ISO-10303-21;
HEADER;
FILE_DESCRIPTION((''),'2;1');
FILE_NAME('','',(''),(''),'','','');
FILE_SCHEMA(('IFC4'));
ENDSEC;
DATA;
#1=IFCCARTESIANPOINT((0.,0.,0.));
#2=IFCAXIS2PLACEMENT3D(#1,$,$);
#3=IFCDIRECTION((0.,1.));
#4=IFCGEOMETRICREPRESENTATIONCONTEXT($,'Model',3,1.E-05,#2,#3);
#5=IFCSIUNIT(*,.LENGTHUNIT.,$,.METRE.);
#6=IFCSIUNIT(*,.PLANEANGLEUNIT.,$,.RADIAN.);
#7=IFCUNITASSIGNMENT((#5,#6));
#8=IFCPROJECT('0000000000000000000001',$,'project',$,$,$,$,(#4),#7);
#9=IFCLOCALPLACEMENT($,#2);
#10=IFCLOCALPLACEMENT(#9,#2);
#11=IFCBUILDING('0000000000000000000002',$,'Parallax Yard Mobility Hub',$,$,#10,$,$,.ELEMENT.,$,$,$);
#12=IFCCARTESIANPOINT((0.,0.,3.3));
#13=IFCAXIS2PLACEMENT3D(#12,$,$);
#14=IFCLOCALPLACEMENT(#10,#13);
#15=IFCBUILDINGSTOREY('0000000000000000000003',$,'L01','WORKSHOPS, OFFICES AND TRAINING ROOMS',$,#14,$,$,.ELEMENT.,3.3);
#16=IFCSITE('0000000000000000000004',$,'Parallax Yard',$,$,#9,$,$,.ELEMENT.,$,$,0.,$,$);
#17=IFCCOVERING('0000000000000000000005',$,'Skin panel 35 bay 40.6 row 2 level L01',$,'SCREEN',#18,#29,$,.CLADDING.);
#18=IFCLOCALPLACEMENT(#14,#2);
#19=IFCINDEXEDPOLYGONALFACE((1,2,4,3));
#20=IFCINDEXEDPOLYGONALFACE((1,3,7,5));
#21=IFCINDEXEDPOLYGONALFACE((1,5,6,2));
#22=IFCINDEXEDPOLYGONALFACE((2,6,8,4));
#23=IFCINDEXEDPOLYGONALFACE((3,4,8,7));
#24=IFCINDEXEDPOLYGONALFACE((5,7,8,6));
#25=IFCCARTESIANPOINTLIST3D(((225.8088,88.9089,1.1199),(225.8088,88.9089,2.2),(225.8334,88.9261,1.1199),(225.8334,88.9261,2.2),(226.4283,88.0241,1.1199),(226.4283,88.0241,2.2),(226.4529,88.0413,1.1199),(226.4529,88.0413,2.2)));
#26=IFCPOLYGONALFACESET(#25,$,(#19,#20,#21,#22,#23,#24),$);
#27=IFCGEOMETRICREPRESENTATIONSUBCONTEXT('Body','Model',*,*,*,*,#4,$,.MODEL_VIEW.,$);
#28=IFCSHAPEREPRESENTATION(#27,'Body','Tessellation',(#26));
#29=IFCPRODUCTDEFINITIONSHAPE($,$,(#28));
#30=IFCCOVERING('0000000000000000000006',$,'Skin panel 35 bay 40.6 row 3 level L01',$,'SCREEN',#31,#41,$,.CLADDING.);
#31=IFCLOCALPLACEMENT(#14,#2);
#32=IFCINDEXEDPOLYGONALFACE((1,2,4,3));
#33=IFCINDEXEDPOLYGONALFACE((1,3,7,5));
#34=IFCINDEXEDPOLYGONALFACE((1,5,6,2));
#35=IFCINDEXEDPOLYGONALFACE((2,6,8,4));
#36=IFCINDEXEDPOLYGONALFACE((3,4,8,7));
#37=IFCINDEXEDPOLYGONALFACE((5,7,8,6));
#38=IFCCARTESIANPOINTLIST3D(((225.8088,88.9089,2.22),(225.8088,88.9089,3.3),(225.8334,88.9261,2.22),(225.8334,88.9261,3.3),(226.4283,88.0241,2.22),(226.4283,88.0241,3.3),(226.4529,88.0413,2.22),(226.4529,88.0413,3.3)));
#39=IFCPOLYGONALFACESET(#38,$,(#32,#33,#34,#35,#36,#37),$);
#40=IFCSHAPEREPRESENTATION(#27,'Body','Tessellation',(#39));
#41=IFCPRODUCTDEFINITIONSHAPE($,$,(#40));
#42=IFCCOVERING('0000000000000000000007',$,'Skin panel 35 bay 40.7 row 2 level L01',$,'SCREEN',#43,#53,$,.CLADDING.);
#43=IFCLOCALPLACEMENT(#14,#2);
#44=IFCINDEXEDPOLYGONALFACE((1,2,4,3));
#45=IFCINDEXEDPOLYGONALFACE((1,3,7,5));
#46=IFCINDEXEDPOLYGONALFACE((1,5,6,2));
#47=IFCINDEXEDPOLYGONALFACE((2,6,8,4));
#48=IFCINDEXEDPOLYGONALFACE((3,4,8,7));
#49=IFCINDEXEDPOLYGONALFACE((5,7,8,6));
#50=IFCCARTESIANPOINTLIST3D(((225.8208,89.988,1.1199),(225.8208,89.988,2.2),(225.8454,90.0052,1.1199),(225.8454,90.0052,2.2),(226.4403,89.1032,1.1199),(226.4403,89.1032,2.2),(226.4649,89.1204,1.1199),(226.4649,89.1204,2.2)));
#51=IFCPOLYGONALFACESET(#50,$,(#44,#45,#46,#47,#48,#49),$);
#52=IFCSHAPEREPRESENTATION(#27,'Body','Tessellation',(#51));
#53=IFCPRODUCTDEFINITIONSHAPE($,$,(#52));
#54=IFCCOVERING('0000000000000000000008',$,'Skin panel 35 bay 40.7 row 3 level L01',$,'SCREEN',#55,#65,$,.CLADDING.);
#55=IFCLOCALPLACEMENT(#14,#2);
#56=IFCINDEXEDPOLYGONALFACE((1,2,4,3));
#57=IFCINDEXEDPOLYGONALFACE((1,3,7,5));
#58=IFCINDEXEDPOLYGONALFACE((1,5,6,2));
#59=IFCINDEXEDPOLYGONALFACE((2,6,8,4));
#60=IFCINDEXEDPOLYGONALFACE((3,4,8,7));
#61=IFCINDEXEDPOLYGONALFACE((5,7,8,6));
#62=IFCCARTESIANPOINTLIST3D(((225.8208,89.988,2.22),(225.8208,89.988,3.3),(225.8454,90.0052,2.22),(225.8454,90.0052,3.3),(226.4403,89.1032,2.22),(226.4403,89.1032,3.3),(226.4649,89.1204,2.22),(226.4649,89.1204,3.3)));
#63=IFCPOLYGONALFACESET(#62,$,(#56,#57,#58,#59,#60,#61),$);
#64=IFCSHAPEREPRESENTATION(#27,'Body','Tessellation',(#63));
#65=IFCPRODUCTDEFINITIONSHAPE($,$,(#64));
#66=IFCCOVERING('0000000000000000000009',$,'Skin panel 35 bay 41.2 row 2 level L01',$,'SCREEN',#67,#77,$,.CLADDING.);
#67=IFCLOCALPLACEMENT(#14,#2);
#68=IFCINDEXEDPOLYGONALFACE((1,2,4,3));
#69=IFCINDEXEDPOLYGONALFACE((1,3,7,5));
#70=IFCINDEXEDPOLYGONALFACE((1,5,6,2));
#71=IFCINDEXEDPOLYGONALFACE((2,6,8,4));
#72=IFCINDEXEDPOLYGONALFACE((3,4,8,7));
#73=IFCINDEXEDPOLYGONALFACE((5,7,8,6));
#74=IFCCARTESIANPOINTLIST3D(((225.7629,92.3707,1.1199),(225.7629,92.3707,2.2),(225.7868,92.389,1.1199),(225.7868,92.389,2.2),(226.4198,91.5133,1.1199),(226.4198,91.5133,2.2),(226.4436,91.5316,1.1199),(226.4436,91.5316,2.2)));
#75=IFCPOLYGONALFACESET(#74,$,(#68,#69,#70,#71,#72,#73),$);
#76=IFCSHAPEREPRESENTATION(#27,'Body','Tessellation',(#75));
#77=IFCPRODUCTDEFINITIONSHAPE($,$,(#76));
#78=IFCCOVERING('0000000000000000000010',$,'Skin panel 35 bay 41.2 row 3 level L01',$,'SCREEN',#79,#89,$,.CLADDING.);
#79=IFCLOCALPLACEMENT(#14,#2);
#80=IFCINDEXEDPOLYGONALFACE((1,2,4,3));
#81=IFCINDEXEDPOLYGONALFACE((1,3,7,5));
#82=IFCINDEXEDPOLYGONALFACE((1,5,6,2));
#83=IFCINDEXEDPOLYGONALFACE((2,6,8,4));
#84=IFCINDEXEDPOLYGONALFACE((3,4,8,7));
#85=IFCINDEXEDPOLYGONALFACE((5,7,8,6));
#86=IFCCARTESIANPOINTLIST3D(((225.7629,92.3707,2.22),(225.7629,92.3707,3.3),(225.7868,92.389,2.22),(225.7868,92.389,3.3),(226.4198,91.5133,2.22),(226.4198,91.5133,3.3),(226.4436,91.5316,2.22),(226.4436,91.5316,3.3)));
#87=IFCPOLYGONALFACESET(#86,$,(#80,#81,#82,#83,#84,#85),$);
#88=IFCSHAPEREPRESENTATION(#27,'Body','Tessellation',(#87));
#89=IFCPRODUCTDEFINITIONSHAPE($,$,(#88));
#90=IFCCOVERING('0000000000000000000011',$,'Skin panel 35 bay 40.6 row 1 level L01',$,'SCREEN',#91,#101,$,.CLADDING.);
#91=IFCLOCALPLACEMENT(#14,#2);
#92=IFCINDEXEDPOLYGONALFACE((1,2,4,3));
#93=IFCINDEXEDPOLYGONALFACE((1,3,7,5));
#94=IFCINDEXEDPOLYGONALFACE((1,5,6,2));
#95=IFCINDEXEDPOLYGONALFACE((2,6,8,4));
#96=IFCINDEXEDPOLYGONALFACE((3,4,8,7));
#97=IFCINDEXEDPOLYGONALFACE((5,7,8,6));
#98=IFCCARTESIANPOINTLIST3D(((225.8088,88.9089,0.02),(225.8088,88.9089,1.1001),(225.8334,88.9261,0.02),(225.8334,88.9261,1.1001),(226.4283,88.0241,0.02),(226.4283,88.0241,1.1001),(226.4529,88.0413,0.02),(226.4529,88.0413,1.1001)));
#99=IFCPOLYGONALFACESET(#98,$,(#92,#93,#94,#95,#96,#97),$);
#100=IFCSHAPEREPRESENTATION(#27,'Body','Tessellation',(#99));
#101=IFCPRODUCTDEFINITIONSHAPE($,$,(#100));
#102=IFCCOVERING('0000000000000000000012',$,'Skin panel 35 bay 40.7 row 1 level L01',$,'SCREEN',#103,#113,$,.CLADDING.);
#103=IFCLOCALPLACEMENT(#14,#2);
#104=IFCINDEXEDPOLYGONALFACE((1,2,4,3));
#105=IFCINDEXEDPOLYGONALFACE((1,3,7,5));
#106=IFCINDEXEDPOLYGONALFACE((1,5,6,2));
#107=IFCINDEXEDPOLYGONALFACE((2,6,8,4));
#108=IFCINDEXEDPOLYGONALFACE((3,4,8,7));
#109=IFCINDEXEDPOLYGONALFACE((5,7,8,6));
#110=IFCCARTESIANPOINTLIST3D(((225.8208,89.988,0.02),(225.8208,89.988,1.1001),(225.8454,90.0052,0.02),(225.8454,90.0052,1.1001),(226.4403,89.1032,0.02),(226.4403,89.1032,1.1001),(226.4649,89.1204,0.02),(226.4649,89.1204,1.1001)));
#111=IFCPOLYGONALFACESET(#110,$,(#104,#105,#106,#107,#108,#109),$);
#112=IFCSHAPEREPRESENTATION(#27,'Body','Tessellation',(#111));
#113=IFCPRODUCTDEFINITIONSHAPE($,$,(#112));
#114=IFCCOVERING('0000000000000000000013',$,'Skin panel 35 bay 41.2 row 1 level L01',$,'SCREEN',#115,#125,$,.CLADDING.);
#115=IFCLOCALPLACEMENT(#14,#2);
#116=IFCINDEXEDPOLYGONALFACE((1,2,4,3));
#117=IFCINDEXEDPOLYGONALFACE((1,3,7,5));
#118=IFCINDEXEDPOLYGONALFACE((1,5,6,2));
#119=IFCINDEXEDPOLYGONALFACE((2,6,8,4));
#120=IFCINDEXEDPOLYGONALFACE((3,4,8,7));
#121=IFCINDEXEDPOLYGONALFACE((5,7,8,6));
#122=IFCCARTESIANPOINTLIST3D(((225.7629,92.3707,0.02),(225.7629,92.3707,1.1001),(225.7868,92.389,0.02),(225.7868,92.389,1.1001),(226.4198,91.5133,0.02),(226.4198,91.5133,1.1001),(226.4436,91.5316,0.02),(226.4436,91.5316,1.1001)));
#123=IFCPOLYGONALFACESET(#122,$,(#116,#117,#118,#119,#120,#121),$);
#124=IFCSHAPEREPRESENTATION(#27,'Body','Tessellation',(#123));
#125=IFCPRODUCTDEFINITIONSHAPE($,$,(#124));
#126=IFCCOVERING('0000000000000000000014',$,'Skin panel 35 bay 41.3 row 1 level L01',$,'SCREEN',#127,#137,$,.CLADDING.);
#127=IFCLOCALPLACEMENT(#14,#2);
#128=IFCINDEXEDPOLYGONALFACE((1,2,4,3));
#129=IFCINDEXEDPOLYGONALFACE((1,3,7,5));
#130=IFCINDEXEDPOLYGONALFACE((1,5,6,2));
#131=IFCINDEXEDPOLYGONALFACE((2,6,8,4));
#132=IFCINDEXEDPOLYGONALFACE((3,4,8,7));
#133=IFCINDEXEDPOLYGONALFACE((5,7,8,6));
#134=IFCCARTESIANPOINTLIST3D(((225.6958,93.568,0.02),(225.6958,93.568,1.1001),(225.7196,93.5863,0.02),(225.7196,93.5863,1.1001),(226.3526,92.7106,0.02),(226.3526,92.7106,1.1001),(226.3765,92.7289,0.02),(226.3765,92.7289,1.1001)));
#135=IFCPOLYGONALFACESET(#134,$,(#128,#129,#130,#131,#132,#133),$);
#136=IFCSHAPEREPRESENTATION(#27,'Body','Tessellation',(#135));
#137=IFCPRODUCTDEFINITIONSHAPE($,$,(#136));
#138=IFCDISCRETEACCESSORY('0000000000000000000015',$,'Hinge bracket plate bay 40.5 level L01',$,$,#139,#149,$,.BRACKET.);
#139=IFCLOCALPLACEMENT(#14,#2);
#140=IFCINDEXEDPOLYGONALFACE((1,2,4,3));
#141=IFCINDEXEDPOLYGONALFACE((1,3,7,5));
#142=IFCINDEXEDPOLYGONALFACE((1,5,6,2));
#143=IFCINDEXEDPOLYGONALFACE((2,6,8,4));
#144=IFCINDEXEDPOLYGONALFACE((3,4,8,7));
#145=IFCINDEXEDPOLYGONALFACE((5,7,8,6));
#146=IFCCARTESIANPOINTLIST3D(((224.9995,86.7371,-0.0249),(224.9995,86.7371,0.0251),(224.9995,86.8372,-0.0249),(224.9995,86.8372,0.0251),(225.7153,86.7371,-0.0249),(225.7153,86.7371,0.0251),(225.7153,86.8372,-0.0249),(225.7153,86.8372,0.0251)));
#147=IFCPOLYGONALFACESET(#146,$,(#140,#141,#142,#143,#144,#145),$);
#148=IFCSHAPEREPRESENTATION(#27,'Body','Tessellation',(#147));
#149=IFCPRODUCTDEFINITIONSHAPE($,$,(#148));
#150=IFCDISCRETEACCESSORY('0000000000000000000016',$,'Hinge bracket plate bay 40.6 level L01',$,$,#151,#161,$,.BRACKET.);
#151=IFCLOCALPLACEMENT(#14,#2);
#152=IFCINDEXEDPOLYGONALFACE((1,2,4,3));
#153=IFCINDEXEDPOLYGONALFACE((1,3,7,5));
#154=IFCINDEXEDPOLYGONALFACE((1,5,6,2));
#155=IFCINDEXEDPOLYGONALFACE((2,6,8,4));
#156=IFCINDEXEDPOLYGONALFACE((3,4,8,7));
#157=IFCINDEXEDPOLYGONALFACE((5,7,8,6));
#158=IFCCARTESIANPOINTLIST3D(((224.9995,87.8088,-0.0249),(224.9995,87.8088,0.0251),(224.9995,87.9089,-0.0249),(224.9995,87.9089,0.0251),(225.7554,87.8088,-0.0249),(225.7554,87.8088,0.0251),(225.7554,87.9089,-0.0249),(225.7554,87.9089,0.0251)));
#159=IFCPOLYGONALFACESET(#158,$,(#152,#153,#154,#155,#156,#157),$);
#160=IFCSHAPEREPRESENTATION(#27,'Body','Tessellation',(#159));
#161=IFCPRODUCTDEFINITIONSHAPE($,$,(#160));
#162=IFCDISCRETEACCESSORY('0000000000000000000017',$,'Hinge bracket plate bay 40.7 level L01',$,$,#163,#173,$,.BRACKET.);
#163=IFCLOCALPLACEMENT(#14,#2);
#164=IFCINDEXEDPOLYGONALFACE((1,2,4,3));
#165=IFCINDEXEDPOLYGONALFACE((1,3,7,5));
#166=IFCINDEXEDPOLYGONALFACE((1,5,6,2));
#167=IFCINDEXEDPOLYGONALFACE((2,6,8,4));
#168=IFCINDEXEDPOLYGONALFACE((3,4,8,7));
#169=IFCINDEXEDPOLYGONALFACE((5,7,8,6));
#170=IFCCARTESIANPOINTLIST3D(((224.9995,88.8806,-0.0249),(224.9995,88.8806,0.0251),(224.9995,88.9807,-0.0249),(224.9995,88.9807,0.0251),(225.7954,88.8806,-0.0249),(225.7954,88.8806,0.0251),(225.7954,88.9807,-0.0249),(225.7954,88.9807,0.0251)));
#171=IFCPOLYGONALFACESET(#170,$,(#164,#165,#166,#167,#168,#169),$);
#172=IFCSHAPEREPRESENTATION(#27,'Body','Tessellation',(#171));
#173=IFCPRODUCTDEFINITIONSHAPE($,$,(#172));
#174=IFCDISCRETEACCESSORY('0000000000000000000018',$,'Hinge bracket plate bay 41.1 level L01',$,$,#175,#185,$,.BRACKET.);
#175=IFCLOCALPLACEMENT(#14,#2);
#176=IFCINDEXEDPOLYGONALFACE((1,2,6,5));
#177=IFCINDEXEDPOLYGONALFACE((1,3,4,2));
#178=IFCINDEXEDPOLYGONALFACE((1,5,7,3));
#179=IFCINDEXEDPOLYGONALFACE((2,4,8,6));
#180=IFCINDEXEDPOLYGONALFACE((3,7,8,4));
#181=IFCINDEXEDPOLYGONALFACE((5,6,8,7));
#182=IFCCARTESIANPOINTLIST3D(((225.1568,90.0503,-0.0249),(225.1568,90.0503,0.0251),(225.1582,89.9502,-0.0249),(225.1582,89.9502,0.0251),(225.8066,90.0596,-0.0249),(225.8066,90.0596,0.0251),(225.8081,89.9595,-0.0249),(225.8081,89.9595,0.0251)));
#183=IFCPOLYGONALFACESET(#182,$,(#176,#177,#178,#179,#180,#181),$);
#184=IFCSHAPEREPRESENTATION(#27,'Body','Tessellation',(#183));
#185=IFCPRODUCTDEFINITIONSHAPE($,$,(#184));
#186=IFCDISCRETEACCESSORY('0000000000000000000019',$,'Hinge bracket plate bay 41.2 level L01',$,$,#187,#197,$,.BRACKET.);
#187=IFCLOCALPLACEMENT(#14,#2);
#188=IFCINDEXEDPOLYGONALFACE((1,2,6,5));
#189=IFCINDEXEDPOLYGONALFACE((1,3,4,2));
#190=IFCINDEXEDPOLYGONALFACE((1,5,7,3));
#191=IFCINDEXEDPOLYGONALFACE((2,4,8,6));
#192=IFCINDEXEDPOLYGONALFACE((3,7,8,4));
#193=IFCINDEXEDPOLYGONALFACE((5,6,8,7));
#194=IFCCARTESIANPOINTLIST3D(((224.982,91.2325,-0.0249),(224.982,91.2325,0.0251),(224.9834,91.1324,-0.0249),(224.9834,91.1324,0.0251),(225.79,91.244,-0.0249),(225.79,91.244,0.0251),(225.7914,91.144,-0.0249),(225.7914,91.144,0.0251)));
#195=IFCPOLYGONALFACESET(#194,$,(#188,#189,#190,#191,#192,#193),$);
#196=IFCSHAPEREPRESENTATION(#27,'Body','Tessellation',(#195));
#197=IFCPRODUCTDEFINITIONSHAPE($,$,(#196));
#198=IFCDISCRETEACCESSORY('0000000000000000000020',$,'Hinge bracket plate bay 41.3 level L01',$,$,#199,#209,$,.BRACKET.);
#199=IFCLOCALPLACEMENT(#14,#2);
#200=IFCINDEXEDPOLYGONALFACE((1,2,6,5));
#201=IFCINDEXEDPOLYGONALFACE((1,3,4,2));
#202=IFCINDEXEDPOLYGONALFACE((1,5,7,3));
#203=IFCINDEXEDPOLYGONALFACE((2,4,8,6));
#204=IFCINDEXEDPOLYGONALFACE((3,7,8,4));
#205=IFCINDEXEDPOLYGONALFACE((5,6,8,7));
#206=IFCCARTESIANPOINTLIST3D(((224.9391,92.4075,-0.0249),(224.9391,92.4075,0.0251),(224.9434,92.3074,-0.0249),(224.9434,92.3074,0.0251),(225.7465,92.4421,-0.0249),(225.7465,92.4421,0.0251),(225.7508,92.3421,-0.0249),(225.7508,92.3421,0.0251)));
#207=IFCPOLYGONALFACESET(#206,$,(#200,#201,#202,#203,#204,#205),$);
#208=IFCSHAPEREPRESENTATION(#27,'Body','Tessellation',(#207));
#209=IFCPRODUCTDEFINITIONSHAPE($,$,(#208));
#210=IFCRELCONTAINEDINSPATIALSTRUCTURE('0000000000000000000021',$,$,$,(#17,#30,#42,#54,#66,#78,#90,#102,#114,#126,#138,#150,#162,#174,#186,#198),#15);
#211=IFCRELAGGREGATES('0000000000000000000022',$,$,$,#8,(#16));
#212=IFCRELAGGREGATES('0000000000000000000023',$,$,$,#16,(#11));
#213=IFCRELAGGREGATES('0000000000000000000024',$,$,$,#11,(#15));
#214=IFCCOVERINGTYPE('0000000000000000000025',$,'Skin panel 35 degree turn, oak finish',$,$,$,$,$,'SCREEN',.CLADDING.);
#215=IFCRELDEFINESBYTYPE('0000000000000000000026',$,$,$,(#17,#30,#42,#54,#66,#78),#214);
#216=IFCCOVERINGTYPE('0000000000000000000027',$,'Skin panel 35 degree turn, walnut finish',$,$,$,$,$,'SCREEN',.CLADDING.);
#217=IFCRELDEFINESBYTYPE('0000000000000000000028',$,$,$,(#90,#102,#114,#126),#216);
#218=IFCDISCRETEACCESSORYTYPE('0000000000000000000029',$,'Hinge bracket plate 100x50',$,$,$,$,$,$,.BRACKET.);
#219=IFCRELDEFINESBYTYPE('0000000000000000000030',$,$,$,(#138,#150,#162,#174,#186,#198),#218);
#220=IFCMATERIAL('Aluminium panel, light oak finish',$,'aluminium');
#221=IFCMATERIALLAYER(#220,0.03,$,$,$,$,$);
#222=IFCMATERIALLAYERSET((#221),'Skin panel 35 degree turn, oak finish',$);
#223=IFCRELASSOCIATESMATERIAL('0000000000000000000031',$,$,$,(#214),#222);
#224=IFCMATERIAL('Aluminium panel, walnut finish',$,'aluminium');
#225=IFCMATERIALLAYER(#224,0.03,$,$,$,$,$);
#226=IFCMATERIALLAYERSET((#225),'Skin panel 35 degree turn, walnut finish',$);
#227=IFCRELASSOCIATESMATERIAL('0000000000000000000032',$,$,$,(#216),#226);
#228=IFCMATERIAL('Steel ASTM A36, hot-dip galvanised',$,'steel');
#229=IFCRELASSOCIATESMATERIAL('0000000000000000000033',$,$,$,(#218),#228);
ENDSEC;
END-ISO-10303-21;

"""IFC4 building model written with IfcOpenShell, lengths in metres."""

from ifc_helpers import new_model, si_unit, direction, frame, origin, origin_2d, place, context, subcontext, project, spatial, rectangle, extrude, material, layer, layer_set, type_object, element, save


model = new_model("IFC4")

# Units and contexts
model_context = context("Model", 3, precision=1e-05, world=origin(), true_north=direction((0.0, 1.0)))
body_context = subcontext(model_context, "Body", "Model", "MODEL_VIEW")
ifc_project = project(units=[si_unit("LENGTHUNIT", "METRE"), si_unit("PLANEANGLEUNIT", "RADIAN")], contexts=[model_context])

# Site, building, storey
site_placement = place(None, origin())
site = spatial("IfcSite", under=ifc_project, at=site_placement, Name="Parallax Yard", CompositionType="ELEMENT", RefElevation=0.0)
building_placement = place(site_placement, origin())
building = spatial("IfcBuilding", under=site, at=building_placement, Name="Parallax Yard Mobility Hub", CompositionType="ELEMENT")
storey_placement = place(building_placement, frame((0.0, 0.0, 3.3)))
storey = spatial("IfcBuildingStorey", under=building, at=storey_placement, Name="L01", Description="WORKSHOPS, OFFICES AND TRAINING ROOMS", CompositionType="ELEMENT", Elevation=3.3)

# Coverings
ifc_material_1 = material(Name="Aluminium panel, light oak finish", Category="aluminium")
ifc_material_2 = material(Name="Aluminium panel, walnut finish", Category="aluminium")
ifc_layer_1 = layer(ifc_material_1, 0.03)
ifc_layer_set_1 = layer_set([ifc_layer_1], Name="Skin panel 35 degree turn, oak finish")
covering_type_1 = type_object("IfcCoveringType", Name="Skin panel 35 degree turn, oak finish", ElementType="SCREEN", PredefinedType="CLADDING", material=ifc_layer_set_1)
for number, where, z_axis, x_axis, name in (
    (1, (226.1309, 88.4751, 1.1199), (0.0, 0.0, 1.0), (0.573576, -0.819152, 0.0), "Skin panel 35 bay 40.6 row 2 level L01"),
    (2, (226.1309, 88.4751, 2.22), (0.0, 0.0, 1.0), (0.573576, -0.819152, 0.0), "Skin panel 35 bay 40.6 row 3 level L01"),
    (3, (226.1428, 89.5542, 1.1199), (0.0, 0.0, 1.0), (0.573576, -0.819152, 0.0), "Skin panel 35 bay 40.7 row 2 level L01"),
    (4, (226.1428, 89.5542, 2.22), (0.0, 0.0, 1.0), (0.573576, -0.819152, 0.0), "Skin panel 35 bay 40.7 row 3 level L01"),
    (5, (226.1033, 91.9512, 1.1199), (0.0, 0.0, 1.0), (0.608131, -0.793837, 0.0), "Skin panel 35 bay 41.2 row 2 level L01"),
    (6, (226.1033, 91.9512, 2.22), (0.0, 0.0, 1.0), (0.608131, -0.793837, 0.0), "Skin panel 35 bay 41.2 row 3 level L01"),
):
    element("IfcCovering", number, at=place(storey_placement, frame(where, z_axis=z_axis, x_axis=x_axis)), inside=storey, type_object=covering_type_1, Name=name, ObjectType="SCREEN", PredefinedType="CLADDING", context=body_context, shape_type="SweptSolid", body=[
        extrude(rectangle(XDim=1.0801, YDim=0.03, at=origin_2d()), origin(), (0.0, 0.0, 1.0), 1.0801),
    ])
ifc_layer_2 = layer(ifc_material_2, 0.03)
ifc_layer_set_2 = layer_set([ifc_layer_2], Name="Skin panel 35 degree turn, walnut finish")
covering_type_2 = type_object("IfcCoveringType", Name="Skin panel 35 degree turn, walnut finish", ElementType="SCREEN", PredefinedType="CLADDING", material=ifc_layer_set_2)
for number, where, z_axis, x_axis, name in (
    (7, (226.1309, 88.4751, 0.02), (0.0, 0.0, 1.0), (0.573576, -0.819152, 0.0), "Skin panel 35 bay 40.6 row 1 level L01"),
    (8, (226.1428, 89.5542, 0.02), (0.0, 0.0, 1.0), (0.573576, -0.819152, 0.0), "Skin panel 35 bay 40.7 row 1 level L01"),
    (9, (226.1033, 91.9512, 0.02), (0.0, 0.0, 1.0), (0.608131, -0.793837, 0.0), "Skin panel 35 bay 41.2 row 1 level L01"),
    (10, (226.0361, 93.1484, 0.02), (0.0, 0.0, 1.0), (0.608131, -0.793837, 0.0), "Skin panel 35 bay 41.3 row 1 level L01"),
):
    element("IfcCovering", number, at=place(storey_placement, frame(where, z_axis=z_axis, x_axis=x_axis)), inside=storey, type_object=covering_type_2, Name=name, ObjectType="SCREEN", PredefinedType="CLADDING", context=body_context, shape_type="SweptSolid", body=[
        extrude(rectangle(XDim=1.0801, YDim=0.03, at=origin_2d()), origin(), (0.0, 0.0, 1.0), 1.0801),
    ])

# Discrete accessories
ifc_material_3 = material(Name="Steel ASTM A36, hot-dip galvanised", Category="steel")
discrete_accessory_type_1 = type_object("IfcDiscreteAccessoryType", Name="Hinge bracket plate 100x50", PredefinedType="BRACKET", material=ifc_material_3)
discrete_accessory_1_placement = place(storey_placement, frame((225.3574, 86.7871, -0.0249), z_axis=(0.0, 0.0, 1.0), x_axis=(1.0, 0.0, 0.0)))
element("IfcDiscreteAccessory", 11, at=discrete_accessory_1_placement, inside=storey, type_object=discrete_accessory_type_1, Name="Hinge bracket plate bay 40.5 level L01", PredefinedType="BRACKET", context=body_context, shape_type="SweptSolid", body=[
    extrude(rectangle(XDim=0.7158, YDim=0.1001, at=origin_2d()), origin(), (0.0, 0.0, 1.0), 0.05),
])
discrete_accessory_2_placement = place(storey_placement, frame((225.3774, 87.8589, -0.0249), z_axis=(0.0, 0.0, 1.0), x_axis=(1.0, 0.0, 0.0)))
element("IfcDiscreteAccessory", 12, at=discrete_accessory_2_placement, inside=storey, type_object=discrete_accessory_type_1, Name="Hinge bracket plate bay 40.6 level L01", PredefinedType="BRACKET", context=body_context, shape_type="SweptSolid", body=[
    extrude(rectangle(XDim=0.7559, YDim=0.1001, at=origin_2d()), origin(), (0.0, 0.0, 1.0), 0.05),
])
discrete_accessory_3_placement = place(storey_placement, frame((225.3975, 88.9307, -0.0249), z_axis=(0.0, 0.0, 1.0), x_axis=(1.0, 0.0, 0.0)))
element("IfcDiscreteAccessory", 13, at=discrete_accessory_3_placement, inside=storey, type_object=discrete_accessory_type_1, Name="Hinge bracket plate bay 40.7 level L01", PredefinedType="BRACKET", context=body_context, shape_type="SweptSolid", body=[
    extrude(rectangle(XDim=0.7959, YDim=0.1001, at=origin_2d()), origin(), (0.0, 0.0, 1.0), 0.05),
])
discrete_accessory_4_placement = place(storey_placement, frame((225.4824, 90.0049, -0.0249), z_axis=(0.0, 0.0, 1.0), x_axis=(0.999898, 0.01428, 0.0)))
element("IfcDiscreteAccessory", 14, at=discrete_accessory_4_placement, inside=storey, type_object=discrete_accessory_type_1, Name="Hinge bracket plate bay 41.1 level L01", PredefinedType="BRACKET", context=body_context, shape_type="SweptSolid", body=[
    extrude(rectangle(XDim=0.6499, YDim=0.1001, at=origin_2d()), origin(), (0.0, 0.0, 1.0), 0.05),
])
for number, where, z_axis, x_axis, name in (
    (15, (225.3867, 91.1882, -0.0249), (0.0, 0.0, 1.0), (0.999898, 0.01428, 0.0), "Hinge bracket plate bay 41.2 level L01"),
    (16, (225.345, 92.3748, -0.0249), (0.0, 0.0, 1.0), (0.999083, 0.042826, 0.0), "Hinge bracket plate bay 41.3 level L01"),
):
    element("IfcDiscreteAccessory", number, at=place(storey_placement, frame(where, z_axis=z_axis, x_axis=x_axis)), inside=storey, type_object=discrete_accessory_type_1, Name=name, PredefinedType="BRACKET", context=body_context, shape_type="SweptSolid", body=[
        extrude(rectangle(XDim=0.8081, YDim=0.1001, at=origin_2d()), origin(), (0.0, 0.0, 1.0), 0.05),
    ])

save(model, "model.ifc")
